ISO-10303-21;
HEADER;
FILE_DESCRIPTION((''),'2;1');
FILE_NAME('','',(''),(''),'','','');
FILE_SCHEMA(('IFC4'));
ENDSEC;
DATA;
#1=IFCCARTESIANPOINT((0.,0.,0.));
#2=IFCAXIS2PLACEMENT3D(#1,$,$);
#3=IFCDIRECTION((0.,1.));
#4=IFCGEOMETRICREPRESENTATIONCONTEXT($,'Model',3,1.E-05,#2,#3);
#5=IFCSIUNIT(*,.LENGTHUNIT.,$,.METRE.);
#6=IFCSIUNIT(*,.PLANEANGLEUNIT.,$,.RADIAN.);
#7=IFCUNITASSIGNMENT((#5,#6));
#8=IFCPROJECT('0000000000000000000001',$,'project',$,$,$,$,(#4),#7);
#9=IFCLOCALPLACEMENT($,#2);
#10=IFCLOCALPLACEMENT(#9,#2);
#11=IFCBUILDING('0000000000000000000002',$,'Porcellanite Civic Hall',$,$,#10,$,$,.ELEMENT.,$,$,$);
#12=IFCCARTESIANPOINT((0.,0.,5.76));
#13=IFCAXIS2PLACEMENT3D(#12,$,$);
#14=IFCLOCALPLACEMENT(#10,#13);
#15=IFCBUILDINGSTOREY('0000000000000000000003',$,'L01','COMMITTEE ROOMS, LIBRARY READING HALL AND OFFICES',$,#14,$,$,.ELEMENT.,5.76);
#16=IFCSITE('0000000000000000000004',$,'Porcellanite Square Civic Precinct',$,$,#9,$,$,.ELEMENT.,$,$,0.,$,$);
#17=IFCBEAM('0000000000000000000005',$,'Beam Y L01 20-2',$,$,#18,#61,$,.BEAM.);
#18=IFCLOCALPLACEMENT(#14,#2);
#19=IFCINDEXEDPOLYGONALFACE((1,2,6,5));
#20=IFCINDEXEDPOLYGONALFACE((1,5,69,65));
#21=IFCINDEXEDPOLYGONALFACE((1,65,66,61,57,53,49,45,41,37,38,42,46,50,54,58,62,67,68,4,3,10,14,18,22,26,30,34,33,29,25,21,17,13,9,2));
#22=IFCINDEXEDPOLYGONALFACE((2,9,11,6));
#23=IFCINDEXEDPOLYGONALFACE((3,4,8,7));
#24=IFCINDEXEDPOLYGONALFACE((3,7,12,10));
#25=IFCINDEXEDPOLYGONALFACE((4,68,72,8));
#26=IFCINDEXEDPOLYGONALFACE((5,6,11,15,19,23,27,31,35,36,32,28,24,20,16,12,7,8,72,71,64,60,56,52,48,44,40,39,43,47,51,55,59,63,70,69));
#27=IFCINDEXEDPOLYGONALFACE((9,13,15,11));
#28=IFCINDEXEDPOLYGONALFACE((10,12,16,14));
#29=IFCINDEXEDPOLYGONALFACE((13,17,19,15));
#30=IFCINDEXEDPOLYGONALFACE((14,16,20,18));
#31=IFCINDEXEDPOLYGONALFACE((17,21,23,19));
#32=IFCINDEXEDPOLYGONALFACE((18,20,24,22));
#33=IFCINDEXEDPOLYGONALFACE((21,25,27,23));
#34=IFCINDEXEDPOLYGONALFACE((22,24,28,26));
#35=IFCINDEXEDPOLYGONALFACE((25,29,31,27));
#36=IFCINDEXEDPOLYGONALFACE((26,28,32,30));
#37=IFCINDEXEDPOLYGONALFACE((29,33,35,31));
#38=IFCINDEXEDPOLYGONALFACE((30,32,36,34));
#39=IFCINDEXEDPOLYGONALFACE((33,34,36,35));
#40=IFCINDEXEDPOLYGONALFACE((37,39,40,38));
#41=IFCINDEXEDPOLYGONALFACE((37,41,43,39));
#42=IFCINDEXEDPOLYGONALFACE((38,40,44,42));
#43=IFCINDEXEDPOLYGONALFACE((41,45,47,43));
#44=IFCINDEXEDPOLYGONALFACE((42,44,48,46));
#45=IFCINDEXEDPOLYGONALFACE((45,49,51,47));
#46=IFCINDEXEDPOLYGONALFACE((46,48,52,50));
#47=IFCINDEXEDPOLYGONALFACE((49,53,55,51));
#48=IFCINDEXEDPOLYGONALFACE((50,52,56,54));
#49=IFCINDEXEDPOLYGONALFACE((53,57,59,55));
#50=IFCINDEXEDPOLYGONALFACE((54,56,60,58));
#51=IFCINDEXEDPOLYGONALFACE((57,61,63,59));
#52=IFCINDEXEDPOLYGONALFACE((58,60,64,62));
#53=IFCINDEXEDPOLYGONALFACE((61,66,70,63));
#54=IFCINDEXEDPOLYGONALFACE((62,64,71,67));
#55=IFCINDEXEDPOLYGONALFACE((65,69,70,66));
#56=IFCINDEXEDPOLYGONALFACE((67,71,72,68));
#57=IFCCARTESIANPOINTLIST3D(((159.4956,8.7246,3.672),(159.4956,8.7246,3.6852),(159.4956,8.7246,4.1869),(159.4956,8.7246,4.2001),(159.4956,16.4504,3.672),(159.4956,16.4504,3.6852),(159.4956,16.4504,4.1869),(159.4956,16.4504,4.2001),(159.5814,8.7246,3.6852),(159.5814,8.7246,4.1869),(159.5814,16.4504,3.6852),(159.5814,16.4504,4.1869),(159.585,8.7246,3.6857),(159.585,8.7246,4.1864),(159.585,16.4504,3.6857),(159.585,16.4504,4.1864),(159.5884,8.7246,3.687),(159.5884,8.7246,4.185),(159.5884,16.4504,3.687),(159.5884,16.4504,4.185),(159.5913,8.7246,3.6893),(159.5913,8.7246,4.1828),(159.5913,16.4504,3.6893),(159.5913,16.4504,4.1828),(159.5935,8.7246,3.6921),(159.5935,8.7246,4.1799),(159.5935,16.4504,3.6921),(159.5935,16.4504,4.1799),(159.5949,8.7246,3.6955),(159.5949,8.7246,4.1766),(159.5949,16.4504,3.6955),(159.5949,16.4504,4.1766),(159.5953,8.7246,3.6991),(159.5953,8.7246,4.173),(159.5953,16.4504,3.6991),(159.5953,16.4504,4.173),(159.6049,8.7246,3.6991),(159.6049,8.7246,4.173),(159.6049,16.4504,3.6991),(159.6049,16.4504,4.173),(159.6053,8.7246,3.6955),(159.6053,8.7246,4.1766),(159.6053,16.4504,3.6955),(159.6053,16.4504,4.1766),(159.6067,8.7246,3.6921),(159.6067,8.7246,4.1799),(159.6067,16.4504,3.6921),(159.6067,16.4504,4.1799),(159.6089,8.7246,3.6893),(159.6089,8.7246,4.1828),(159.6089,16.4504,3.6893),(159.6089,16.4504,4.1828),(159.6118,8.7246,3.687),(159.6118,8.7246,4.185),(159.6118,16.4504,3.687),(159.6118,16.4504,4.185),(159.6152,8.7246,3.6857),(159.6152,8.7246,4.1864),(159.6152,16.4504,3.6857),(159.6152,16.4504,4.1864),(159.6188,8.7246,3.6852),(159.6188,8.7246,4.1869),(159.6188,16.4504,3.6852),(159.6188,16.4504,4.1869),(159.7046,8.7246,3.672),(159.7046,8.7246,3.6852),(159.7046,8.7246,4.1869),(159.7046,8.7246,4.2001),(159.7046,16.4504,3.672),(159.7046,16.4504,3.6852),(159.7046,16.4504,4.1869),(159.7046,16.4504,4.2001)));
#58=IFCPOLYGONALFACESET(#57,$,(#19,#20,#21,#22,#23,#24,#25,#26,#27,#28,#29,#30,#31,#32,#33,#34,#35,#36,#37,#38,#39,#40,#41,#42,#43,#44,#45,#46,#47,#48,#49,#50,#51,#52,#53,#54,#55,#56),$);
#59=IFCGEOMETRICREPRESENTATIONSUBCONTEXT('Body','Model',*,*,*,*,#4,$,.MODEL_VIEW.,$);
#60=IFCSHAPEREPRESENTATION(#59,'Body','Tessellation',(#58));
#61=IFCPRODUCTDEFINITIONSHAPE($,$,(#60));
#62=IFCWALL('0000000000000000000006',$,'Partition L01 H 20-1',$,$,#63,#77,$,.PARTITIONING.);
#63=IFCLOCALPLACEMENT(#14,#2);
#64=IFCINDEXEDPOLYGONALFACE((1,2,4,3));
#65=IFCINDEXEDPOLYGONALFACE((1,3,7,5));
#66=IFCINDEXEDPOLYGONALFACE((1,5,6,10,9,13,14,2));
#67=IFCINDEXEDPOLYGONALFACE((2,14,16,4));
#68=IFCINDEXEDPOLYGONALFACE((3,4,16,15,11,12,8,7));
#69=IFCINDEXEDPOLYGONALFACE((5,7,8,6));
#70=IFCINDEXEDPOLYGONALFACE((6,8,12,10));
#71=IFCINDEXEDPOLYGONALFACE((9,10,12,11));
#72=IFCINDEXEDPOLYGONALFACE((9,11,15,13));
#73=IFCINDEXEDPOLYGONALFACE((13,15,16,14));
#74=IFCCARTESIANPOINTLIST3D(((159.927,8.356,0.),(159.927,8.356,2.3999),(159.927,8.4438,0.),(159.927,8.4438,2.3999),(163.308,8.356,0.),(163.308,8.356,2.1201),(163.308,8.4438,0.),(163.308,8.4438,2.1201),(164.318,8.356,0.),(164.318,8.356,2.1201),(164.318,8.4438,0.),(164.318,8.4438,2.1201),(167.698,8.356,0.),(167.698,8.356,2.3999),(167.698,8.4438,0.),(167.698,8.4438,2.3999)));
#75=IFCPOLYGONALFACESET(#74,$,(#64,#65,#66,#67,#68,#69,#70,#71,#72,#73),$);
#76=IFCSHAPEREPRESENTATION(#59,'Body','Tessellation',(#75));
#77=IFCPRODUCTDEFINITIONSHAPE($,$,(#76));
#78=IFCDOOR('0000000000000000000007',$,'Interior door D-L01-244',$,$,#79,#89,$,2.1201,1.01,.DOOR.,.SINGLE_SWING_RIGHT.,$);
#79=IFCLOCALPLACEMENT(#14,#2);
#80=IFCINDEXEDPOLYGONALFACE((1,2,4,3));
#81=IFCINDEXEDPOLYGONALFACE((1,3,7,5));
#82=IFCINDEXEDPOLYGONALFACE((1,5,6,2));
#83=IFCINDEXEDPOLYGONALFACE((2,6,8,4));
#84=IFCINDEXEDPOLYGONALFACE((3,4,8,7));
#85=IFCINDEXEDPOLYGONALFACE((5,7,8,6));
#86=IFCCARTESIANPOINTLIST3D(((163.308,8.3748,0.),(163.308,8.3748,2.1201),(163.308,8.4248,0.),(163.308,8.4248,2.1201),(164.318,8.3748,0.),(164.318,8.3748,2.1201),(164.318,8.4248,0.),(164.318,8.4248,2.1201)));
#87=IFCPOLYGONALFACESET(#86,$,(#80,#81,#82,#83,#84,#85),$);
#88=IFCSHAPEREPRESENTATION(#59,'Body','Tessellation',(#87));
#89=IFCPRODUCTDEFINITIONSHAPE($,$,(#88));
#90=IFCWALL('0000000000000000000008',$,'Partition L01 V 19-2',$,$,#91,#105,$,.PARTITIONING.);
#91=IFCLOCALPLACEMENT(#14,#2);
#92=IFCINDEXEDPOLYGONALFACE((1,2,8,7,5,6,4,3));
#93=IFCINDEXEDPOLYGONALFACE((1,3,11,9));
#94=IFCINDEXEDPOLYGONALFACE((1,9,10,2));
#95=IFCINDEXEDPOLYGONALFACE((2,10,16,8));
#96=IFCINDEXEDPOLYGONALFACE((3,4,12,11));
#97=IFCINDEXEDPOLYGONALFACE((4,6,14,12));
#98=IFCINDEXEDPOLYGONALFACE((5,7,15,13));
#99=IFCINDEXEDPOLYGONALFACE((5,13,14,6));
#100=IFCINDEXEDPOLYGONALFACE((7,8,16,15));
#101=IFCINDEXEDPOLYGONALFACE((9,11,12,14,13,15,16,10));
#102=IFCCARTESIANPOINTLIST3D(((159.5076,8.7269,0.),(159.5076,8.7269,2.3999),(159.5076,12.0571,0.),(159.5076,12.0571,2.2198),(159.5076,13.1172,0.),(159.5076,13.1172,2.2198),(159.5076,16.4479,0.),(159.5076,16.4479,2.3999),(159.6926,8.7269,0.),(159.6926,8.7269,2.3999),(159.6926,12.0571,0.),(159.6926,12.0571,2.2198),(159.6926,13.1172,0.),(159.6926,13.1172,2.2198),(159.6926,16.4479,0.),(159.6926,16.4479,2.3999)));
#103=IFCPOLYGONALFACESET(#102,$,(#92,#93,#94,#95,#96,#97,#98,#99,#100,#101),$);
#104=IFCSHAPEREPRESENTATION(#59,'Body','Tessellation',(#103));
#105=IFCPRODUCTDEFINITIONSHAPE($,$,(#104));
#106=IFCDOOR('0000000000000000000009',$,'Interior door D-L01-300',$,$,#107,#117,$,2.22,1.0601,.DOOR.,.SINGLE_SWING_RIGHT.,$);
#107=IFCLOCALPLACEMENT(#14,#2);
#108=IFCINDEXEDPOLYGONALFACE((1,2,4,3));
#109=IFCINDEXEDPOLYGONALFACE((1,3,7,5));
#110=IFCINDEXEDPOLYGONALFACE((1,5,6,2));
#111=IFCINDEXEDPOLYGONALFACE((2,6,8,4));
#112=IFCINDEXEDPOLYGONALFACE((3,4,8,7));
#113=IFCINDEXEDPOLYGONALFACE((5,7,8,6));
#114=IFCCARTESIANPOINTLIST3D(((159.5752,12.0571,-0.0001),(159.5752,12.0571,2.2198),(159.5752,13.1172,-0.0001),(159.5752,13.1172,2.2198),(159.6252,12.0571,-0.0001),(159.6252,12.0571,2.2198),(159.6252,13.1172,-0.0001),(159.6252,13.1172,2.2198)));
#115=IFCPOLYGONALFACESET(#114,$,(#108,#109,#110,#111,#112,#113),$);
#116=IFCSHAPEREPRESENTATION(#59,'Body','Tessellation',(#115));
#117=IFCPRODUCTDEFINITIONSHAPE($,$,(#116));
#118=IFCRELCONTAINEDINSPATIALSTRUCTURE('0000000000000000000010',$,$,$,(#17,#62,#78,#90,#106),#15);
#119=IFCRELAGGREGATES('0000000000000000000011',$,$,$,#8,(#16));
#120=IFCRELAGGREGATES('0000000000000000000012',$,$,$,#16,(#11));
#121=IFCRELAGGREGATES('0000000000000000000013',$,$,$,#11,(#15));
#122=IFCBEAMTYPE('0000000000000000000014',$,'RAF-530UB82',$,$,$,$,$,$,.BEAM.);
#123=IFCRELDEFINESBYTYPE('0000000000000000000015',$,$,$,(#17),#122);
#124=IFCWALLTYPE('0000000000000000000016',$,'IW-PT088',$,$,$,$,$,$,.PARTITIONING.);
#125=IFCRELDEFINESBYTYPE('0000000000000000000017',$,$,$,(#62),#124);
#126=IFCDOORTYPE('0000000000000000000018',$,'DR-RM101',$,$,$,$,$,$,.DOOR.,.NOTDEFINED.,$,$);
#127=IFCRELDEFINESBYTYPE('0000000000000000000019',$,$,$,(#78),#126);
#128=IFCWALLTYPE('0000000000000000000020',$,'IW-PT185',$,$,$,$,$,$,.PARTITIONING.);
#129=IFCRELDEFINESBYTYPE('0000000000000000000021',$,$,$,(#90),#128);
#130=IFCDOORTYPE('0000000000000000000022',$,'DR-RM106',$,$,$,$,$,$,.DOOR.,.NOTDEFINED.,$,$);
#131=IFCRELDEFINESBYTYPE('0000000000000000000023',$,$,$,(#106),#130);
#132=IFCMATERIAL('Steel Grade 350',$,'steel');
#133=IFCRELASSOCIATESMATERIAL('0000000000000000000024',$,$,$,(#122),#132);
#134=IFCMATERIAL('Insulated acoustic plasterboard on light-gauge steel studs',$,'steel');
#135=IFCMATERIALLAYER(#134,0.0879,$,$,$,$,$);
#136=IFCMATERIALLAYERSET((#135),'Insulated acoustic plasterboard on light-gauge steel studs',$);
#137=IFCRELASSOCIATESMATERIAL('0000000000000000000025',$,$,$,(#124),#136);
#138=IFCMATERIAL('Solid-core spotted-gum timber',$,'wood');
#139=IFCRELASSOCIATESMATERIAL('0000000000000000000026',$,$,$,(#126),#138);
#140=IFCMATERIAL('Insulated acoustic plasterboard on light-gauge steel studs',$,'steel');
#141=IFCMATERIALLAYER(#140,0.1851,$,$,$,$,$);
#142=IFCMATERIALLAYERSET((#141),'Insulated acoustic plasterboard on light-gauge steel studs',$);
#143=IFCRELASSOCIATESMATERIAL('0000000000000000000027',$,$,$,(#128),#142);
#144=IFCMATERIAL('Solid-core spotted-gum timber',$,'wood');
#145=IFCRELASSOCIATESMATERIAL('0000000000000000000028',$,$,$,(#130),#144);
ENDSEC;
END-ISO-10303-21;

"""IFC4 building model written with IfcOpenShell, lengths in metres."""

from ifc_helpers import new_model, si_unit, direction, frame, frame_2d, origin, origin_2d, place, context, subcontext, project, spatial, rectangle, i_section, extrude, material, layer, layer_set, material_profile, profile_set, type_object, element, fill, save


model = new_model("IFC4")

# Units and contexts
model_context = context("Model", 3, precision=1e-05, world=origin(), true_north=direction((0.0, 1.0)))
body_context = subcontext(model_context, "Body", "Model", "MODEL_VIEW")
ifc_project = project(units=[si_unit("LENGTHUNIT", "METRE"), si_unit("PLANEANGLEUNIT", "RADIAN")], contexts=[model_context])

# Site, building, storey
site_placement = place(None, origin())
site = spatial("IfcSite", under=ifc_project, at=site_placement, Name="Porcellanite Square Civic Precinct", CompositionType="ELEMENT", RefElevation=0.0)
building_placement = place(site_placement, origin())
building = spatial("IfcBuilding", under=site, at=building_placement, Name="Porcellanite Civic Hall", CompositionType="ELEMENT")
storey_placement = place(building_placement, frame((0.0, 0.0, 5.76)))
storey = spatial("IfcBuildingStorey", under=building, at=storey_placement, Name="L01", Description="COMMITTEE ROOMS, LIBRARY READING HALL AND OFFICES", CompositionType="ELEMENT", Elevation=5.76)

# Beam
ifc_material_1 = material(Name="Steel Grade 350", Category="steel")
ifc_material_profile_1 = material_profile(ifc_material_1, i_section(OverallWidth=0.209, OverallDepth=0.5281, WebThickness=0.0095, FlangeThickness=0.0132, FilletRadius=0.0139, at=origin_2d()), Name="530UB82.0")
ifc_profile_set_1 = profile_set([ifc_material_profile_1], Name="Steel Grade 350")
beam_type_1 = type_object("IfcBeamType", Name="RAF-530UB82", PredefinedType="BEAM", material=ifc_profile_set_1)
beam_1_placement = place(storey_placement, frame((159.6001, 8.7246, 3.936), z_axis=(0.0, 1.0, 0.0), x_axis=(-1.0, 0.0, 0.0)))
element("IfcBeam", 1, at=beam_1_placement, inside=storey, type_object=beam_type_1, Name="Beam Y L01 20-2", PredefinedType="BEAM", context=body_context, shape_type="SweptSolid", body=[
    extrude(i_section(OverallWidth=0.209, OverallDepth=0.5281, WebThickness=0.0095, FlangeThickness=0.0132, FilletRadius=0.0139, at=origin_2d()), origin(), (0.0, 0.0, 1.0), 7.7258),
])

# Walls, openings, doors
ifc_material_2 = material(Name="Insulated acoustic plasterboard on light-gauge steel studs", Category="steel")
ifc_layer_1 = layer(ifc_material_2, 0.0879)
ifc_layer_set_1 = layer_set([ifc_layer_1], Name="Insulated acoustic plasterboard on light-gauge steel studs")
wall_type_1 = type_object("IfcWallType", Name="IW-PT088", PredefinedType="PARTITIONING", material=ifc_layer_set_1)
wall_1_placement = place(storey_placement, frame((159.927, 8.3999, 0.0), z_axis=(0.0, 0.0, 1.0), x_axis=(1.0, 0.0, 0.0)))
wall_1 = element("IfcWall", 2, at=wall_1_placement, inside=storey, type_object=wall_type_1, Name="Partition L01 H 20-1", PredefinedType="PARTITIONING", context=body_context, shape_type="SweptSolid", body=[
    extrude(rectangle(XDim=7.771, YDim=0.0879, at=frame_2d((3.8855, 0.0))), origin(), (0.0, 0.0, 1.0), 2.3999),
])
opening_1_placement = place(wall_1_placement, frame((3.3811, 0.0, 0.0)))
opening_1 = element("IfcOpeningElement", 3, at=opening_1_placement, cuts=wall_1, PredefinedType="OPENING", context=body_context, shape_type="SweptSolid", body=[
    extrude(rectangle(XDim=1.01, YDim=2.1201, at=frame_2d((0.5049, 1.0601))), frame((0.0, 0.0439, 0.0), z_axis=(0.0, -1.0, 0.0), x_axis=(1.0, 0.0, 0.0)), (0.0, 0.0, 1.0), 0.0879),
])
ifc_material_3 = material(Name="Solid-core spotted-gum timber", Category="wood")
door_type_1 = type_object("IfcDoorType", Name="DR-RM101", OperationType="NOTDEFINED", PredefinedType="DOOR", material=ifc_material_3)
door_1_placement = place(opening_1_placement, origin())
door_1 = element("IfcDoor", 4, at=door_1_placement, inside=storey, type_object=door_type_1, Name="Interior door D-L01-244", OperationType="SINGLE_SWING_RIGHT", OverallHeight=2.1201, OverallWidth=1.01, PredefinedType="DOOR", context=body_context, shape_type="SweptSolid", body=[
    extrude(rectangle(XDim=1.01, YDim=2.1201, at=frame_2d((0.5049, 1.0601))), frame((0.0, 0.0249, 0.0), z_axis=(0.0, -1.0, 0.0), x_axis=(1.0, 0.0, 0.0)), (0.0, 0.0, 1.0), 0.05),
])
fill(opening_1, door_1)
ifc_material_4 = material(Name="Insulated acoustic plasterboard on light-gauge steel studs", Category="steel")
ifc_layer_2 = layer(ifc_material_4, 0.1851)
ifc_layer_set_2 = layer_set([ifc_layer_2], Name="Insulated acoustic plasterboard on light-gauge steel studs")
wall_type_2 = type_object("IfcWallType", Name="IW-PT185", PredefinedType="PARTITIONING", material=ifc_layer_set_2)
wall_2_placement = place(storey_placement, frame((159.6001, 8.7271, 0.0), z_axis=(0.0, 0.0, 1.0), x_axis=(0.0, 1.0, 0.0)))
wall_2 = element("IfcWall", 5, at=wall_2_placement, inside=storey, type_object=wall_type_2, Name="Partition L01 V 19-2", PredefinedType="PARTITIONING", context=body_context, shape_type="SweptSolid", body=[
    extrude(rectangle(XDim=7.7209, YDim=0.1851, at=frame_2d((3.8604, 0.0))), origin(), (0.0, 0.0, 1.0), 2.3999),
])
opening_2_placement = place(wall_2_placement, frame((3.3301, 0.0, 0.0)))
opening_2 = element("IfcOpeningElement", 6, at=opening_2_placement, cuts=wall_2, PredefinedType="OPENING", context=body_context, shape_type="SweptSolid", body=[
    extrude(rectangle(XDim=1.0601, YDim=2.22, at=frame_2d((0.53, 1.1099))), frame((0.0, 0.0925, 0.0), z_axis=(0.0, -1.0, 0.0), x_axis=(1.0, 0.0, 0.0)), (0.0, 0.0, 1.0), 0.1851),
])
ifc_material_5 = material(Name="Solid-core spotted-gum timber", Category="wood")
door_type_2 = type_object("IfcDoorType", Name="DR-RM106", OperationType="NOTDEFINED", PredefinedType="DOOR", material=ifc_material_5)
door_2_placement = place(opening_2_placement, origin())
door_2 = element("IfcDoor", 7, at=door_2_placement, inside=storey, type_object=door_type_2, Name="Interior door D-L01-300", OperationType="SINGLE_SWING_RIGHT", OverallHeight=2.22, OverallWidth=1.0601, PredefinedType="DOOR", context=body_context, shape_type="SweptSolid", body=[
    extrude(rectangle(XDim=1.0601, YDim=2.22, at=frame_2d((0.53, 1.1099))), frame((0.0, 0.0249, 0.0), z_axis=(0.0, -1.0, 0.0), x_axis=(1.0, 0.0, 0.0)), (0.0, 0.0, 1.0), 0.05),
])
fill(opening_2, door_2)

save(model, "model.ifc")
